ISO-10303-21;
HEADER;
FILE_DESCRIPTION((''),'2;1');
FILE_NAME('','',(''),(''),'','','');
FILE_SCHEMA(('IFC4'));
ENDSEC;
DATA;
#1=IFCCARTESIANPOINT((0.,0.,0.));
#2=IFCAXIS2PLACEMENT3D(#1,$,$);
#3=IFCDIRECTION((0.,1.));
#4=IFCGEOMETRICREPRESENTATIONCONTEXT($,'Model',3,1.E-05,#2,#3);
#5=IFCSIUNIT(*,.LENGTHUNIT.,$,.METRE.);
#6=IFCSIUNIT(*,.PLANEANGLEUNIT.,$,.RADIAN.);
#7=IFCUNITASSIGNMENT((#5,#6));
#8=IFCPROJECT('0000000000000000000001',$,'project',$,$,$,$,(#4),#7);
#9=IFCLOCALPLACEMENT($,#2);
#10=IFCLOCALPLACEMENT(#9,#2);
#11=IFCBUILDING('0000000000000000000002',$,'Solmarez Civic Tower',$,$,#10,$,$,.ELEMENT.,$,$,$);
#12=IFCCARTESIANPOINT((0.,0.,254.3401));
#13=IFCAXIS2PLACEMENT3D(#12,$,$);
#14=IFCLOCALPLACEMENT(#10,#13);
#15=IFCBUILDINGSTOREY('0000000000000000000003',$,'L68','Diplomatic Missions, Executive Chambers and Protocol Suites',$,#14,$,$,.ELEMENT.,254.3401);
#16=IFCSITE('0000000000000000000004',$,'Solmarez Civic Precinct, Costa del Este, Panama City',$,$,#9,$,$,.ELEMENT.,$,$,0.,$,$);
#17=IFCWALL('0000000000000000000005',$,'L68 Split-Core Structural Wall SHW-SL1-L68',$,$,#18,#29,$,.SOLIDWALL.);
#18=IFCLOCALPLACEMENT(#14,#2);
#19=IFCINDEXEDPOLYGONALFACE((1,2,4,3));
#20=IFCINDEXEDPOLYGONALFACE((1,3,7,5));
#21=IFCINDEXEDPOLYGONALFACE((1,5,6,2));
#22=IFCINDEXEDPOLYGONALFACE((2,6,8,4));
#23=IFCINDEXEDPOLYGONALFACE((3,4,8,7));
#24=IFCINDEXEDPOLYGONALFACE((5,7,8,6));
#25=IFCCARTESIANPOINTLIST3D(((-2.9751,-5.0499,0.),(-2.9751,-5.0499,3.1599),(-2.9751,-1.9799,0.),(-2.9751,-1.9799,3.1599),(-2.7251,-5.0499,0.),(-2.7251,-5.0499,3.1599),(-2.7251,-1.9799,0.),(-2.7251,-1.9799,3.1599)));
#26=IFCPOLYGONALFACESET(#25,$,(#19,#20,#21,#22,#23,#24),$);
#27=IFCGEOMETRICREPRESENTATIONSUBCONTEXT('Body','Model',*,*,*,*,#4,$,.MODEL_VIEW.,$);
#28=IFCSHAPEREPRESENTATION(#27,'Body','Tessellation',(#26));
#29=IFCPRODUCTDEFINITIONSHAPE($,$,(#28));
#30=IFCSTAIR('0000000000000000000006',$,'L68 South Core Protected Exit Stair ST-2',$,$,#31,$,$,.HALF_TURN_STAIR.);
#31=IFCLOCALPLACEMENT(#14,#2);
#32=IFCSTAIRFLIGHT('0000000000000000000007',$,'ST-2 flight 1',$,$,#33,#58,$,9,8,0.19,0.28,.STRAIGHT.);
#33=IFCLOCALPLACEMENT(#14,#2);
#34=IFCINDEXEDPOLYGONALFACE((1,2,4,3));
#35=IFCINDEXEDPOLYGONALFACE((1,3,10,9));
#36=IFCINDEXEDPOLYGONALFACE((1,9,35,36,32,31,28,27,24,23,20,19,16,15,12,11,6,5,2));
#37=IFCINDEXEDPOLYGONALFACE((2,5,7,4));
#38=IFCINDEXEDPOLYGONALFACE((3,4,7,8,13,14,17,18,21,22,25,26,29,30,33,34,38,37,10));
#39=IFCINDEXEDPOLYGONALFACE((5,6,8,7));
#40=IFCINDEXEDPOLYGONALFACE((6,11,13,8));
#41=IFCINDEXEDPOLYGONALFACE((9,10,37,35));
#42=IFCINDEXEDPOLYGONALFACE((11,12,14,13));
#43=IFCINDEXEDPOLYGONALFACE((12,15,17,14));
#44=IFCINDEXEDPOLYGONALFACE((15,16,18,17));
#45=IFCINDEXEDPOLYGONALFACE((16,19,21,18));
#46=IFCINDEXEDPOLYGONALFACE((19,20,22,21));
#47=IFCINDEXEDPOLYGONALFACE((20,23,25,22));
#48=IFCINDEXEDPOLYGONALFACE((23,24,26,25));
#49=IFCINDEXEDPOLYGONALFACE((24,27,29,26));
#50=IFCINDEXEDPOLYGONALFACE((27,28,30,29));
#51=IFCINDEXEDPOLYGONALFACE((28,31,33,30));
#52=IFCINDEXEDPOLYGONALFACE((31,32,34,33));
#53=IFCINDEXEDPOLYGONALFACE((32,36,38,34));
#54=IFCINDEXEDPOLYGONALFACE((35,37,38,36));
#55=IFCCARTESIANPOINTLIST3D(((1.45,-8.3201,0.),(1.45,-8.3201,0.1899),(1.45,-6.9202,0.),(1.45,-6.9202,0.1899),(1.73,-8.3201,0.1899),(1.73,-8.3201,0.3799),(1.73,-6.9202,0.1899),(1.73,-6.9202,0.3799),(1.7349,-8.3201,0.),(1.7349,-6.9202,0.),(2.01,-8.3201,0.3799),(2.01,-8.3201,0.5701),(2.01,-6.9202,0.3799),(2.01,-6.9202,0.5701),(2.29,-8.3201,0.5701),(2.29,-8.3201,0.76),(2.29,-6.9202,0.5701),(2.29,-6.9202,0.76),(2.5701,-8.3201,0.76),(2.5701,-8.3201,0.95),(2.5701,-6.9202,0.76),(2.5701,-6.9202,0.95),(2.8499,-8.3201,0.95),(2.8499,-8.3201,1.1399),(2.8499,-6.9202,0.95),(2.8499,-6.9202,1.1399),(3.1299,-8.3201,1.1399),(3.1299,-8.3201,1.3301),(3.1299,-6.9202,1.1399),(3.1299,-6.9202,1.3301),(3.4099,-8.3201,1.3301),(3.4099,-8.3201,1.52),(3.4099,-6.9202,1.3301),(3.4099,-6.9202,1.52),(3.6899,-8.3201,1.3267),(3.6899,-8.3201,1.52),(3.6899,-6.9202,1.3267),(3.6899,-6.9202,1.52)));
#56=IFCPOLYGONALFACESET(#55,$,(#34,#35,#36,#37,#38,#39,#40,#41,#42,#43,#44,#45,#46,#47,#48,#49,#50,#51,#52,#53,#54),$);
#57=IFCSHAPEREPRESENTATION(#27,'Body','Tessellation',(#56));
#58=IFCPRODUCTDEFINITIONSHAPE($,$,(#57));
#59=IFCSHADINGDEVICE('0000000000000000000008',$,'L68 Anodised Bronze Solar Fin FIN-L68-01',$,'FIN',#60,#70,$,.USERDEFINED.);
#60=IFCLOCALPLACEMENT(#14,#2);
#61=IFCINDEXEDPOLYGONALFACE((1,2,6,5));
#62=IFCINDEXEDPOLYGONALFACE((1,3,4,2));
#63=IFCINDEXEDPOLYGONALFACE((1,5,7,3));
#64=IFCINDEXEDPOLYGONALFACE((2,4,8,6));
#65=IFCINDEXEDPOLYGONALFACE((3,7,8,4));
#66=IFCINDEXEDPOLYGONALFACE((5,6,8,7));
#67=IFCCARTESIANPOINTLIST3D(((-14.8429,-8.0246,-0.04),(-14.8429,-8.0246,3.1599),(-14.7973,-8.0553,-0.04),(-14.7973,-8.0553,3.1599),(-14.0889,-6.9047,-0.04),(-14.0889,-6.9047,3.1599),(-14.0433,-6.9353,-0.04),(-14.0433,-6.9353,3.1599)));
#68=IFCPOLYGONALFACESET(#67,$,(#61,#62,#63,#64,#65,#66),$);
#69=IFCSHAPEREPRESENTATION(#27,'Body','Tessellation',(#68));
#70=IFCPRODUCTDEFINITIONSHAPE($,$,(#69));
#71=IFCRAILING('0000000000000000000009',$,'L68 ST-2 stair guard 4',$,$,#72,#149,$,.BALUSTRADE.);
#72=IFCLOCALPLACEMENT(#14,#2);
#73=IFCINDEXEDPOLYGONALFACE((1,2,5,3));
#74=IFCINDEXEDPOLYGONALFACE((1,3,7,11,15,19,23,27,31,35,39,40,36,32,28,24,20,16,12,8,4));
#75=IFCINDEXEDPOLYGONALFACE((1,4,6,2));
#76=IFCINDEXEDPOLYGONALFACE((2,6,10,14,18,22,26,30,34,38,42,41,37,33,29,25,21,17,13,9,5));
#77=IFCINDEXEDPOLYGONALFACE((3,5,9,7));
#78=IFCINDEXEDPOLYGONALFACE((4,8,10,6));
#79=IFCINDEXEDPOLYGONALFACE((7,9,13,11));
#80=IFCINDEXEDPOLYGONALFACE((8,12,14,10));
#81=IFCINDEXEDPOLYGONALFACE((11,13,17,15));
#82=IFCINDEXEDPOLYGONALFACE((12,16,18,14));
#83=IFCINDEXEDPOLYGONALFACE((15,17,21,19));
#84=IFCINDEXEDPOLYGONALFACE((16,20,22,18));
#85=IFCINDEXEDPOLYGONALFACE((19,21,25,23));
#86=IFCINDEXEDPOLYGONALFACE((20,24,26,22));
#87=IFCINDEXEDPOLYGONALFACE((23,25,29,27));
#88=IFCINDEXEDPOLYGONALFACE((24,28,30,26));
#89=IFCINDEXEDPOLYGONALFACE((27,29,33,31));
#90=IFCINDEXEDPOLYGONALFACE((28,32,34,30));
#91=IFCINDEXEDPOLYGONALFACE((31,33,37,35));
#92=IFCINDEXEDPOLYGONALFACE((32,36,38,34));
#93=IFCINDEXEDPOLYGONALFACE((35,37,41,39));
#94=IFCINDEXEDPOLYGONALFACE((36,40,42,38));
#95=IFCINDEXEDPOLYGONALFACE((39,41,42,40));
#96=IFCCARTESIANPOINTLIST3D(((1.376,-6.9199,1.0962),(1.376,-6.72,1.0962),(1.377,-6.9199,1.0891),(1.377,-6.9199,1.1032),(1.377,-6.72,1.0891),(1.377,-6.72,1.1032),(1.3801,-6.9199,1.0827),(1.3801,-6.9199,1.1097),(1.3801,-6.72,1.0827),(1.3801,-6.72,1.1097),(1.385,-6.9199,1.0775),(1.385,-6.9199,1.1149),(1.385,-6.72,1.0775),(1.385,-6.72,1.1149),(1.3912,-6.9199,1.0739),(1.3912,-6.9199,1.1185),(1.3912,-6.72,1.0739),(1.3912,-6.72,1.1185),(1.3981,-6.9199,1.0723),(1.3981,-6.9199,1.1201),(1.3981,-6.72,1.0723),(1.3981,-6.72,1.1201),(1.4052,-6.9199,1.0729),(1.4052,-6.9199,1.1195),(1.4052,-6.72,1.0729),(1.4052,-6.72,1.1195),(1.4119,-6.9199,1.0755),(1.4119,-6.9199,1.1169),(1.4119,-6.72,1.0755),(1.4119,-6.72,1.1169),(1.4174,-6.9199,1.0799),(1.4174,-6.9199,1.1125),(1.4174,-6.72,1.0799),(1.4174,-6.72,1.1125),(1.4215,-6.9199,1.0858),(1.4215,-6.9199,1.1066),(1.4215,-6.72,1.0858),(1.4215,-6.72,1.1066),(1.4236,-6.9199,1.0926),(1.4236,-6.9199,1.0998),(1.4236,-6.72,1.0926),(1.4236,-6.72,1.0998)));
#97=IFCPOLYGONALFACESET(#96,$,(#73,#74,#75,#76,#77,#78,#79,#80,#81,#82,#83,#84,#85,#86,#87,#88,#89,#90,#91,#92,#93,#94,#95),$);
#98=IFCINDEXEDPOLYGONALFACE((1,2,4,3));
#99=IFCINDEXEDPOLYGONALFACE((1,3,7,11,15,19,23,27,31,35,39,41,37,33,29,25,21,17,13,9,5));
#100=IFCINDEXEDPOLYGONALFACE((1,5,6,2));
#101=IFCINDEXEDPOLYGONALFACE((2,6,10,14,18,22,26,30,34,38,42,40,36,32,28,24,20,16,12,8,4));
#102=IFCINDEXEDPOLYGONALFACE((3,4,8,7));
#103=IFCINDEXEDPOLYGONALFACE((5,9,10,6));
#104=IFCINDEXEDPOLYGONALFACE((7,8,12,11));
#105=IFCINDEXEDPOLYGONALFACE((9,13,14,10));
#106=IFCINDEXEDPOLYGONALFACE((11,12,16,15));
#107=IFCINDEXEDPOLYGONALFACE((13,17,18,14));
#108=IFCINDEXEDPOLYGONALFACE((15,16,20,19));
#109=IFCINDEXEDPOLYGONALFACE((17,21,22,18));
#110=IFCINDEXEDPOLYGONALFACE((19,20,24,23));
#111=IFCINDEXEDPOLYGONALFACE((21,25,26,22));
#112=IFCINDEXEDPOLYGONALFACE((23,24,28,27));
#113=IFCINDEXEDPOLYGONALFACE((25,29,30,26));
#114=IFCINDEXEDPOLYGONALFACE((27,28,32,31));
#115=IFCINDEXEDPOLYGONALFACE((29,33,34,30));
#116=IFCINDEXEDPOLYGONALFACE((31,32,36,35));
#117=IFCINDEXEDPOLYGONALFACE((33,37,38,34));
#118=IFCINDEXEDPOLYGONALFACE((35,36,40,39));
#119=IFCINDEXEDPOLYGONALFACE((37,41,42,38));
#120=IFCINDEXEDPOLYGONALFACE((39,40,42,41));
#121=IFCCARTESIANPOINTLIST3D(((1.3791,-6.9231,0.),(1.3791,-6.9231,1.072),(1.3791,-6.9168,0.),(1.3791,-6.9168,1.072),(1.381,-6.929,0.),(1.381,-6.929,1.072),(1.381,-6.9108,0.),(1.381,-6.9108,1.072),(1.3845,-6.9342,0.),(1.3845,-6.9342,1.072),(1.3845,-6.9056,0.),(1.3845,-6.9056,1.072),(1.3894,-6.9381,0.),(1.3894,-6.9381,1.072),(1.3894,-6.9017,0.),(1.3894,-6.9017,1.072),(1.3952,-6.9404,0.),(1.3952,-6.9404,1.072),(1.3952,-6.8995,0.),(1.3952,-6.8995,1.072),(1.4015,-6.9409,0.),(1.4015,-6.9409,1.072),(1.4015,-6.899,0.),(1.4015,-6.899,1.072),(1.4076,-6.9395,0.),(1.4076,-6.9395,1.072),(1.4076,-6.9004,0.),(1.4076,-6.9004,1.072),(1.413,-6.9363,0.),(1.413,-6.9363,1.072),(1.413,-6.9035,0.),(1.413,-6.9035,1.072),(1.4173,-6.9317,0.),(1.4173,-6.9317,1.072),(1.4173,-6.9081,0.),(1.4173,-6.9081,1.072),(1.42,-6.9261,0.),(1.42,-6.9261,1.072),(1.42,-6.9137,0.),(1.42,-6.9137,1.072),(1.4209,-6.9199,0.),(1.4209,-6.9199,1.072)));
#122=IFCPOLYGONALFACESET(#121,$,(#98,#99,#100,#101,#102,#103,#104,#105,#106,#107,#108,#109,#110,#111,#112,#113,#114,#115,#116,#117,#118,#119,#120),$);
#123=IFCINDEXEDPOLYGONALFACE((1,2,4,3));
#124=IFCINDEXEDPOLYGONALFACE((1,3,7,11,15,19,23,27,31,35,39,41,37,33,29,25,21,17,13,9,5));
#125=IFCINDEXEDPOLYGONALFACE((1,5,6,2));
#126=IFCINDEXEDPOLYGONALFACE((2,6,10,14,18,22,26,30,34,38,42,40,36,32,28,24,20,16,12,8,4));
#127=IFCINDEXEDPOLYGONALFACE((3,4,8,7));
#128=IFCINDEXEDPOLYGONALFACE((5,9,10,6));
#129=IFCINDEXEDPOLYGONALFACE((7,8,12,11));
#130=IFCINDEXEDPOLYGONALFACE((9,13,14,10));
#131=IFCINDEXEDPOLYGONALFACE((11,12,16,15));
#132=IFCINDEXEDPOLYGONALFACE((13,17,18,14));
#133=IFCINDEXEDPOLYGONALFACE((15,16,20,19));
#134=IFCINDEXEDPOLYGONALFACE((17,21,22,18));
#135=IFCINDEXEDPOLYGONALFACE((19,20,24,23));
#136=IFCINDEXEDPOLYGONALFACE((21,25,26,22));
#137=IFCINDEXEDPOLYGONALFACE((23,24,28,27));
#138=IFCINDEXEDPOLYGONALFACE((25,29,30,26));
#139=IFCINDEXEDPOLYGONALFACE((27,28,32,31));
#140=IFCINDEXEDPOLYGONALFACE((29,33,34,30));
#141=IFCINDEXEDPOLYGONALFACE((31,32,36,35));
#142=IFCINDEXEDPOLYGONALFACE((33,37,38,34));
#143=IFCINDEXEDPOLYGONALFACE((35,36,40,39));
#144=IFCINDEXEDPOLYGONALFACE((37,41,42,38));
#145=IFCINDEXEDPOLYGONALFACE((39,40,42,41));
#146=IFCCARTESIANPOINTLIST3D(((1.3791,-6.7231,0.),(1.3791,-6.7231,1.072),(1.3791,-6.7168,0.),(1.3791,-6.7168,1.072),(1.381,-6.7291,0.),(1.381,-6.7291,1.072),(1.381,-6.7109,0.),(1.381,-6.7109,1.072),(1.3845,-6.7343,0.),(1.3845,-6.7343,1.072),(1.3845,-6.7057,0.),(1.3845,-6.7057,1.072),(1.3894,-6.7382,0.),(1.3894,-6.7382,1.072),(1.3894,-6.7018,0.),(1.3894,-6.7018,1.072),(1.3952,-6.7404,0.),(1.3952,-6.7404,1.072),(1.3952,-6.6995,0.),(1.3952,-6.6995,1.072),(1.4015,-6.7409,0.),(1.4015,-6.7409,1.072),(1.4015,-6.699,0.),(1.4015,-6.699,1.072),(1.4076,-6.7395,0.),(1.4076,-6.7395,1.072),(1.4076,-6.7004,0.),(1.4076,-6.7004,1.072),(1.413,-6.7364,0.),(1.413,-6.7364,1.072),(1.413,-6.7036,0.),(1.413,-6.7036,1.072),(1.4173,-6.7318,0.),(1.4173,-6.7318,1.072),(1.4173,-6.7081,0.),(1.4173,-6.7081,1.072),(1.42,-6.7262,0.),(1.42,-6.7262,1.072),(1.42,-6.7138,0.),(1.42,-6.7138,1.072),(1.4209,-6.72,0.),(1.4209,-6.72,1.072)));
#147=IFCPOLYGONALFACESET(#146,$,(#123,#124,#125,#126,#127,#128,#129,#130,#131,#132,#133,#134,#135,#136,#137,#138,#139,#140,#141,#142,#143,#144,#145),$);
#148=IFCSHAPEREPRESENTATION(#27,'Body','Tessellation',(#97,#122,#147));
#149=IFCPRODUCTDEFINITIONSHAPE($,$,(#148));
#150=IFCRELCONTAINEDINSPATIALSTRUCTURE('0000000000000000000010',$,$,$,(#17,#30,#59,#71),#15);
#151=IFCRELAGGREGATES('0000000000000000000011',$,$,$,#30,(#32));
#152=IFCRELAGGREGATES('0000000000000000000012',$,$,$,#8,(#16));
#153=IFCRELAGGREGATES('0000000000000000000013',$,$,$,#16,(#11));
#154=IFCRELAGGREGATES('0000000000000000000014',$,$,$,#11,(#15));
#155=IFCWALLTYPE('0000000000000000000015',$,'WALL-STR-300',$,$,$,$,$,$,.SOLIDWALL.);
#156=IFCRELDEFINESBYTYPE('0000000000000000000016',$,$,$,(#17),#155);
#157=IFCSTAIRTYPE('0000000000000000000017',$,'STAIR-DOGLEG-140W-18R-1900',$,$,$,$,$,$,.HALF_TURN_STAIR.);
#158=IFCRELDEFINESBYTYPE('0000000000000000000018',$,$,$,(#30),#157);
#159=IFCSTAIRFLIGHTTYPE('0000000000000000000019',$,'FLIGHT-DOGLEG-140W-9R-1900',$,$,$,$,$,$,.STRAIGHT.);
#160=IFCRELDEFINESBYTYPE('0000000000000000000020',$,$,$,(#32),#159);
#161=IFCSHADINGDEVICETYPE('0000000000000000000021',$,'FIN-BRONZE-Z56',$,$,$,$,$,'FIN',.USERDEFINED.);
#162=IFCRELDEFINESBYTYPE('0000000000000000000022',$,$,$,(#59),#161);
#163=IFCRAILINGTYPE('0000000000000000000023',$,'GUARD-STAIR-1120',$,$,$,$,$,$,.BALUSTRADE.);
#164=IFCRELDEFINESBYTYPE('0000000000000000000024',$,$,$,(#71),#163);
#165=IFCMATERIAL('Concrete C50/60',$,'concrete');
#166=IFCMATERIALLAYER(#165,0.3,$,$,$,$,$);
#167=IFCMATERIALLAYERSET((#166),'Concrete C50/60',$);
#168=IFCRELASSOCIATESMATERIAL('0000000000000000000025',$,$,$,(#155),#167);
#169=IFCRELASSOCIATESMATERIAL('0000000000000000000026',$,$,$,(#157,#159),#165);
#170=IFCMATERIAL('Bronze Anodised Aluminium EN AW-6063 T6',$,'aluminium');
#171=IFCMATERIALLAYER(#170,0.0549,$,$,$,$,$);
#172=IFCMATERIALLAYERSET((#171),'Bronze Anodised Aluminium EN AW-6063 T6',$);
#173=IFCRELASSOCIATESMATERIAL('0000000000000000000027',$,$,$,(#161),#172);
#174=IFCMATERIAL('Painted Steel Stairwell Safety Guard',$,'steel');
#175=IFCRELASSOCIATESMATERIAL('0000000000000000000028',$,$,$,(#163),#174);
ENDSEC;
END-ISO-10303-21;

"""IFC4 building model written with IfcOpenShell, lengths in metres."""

from ifc_helpers import new_model, si_unit, direction, frame, frame_2d, origin, origin_2d, place, context, subcontext, project, spatial, polyline, rectangle, circle, outline, extrude, material, layer, layer_set, type_object, element, aggregate, save


model = new_model("IFC4")

# Units and contexts
model_context = context("Model", 3, precision=1e-05, world=origin(), true_north=direction((0.0, 1.0)))
body_context = subcontext(model_context, "Body", "Model", "MODEL_VIEW")
ifc_project = project(units=[si_unit("LENGTHUNIT", "METRE"), si_unit("PLANEANGLEUNIT", "RADIAN")], contexts=[model_context])

# Site, building, storey
site_placement = place(None, origin())
site = spatial("IfcSite", under=ifc_project, at=site_placement, Name="Solmarez Civic Precinct, Costa del Este, Panama City", CompositionType="ELEMENT", RefElevation=0.0)
building_placement = place(site_placement, origin())
building = spatial("IfcBuilding", under=site, at=building_placement, Name="Solmarez Civic Tower", CompositionType="ELEMENT")
storey_placement = place(building_placement, frame((0.0, 0.0, 254.3401)))
storey = spatial("IfcBuildingStorey", under=building, at=storey_placement, Name="L68", Description="Diplomatic Missions, Executive Chambers and Protocol Suites", CompositionType="ELEMENT", Elevation=254.3401)

# Shared definitions
ifc_material_1 = material(Name="Concrete C50/60", Category="concrete")

# Shared definitions
ifc_layer_1 = layer(ifc_material_1, 0.3)
ifc_layer_set_1 = layer_set([ifc_layer_1], Name="Concrete C50/60")
wall_type_1 = type_object("IfcWallType", Name="WALL-STR-300", PredefinedType="SOLIDWALL", material=ifc_layer_set_1)

# Wall
wall_1_placement = place(storey_placement, frame((-2.8501, -5.05, 0.0), z_axis=(0.0, 0.0, 1.0), x_axis=(0.0, 1.0, 0.0)))
element("IfcWall", 1, at=wall_1_placement, inside=storey, type_object=wall_type_1, Name="L68 Split-Core Structural Wall SHW-SL1-L68", PredefinedType="SOLIDWALL", context=body_context, shape_type="SweptSolid", body=[
    extrude(rectangle(XDim=3.0701, YDim=0.25, at=frame_2d((1.5352, 0.0))), origin(), (0.0, 0.0, 1.0), 3.1599),
])

# Stair, stair flight
stair_type = type_object("IfcStairType", Name="STAIR-DOGLEG-140W-18R-1900", PredefinedType="HALF_TURN_STAIR", material=ifc_material_1)
stair_placement = place(storey_placement, origin())
stair = element("IfcStair", 2, at=stair_placement, inside=storey, type_object=stair_type, Name="L68 South Core Protected Exit Stair ST-2", PredefinedType="HALF_TURN_STAIR")
stair_flight_type = type_object("IfcStairFlightType", Name="FLIGHT-DOGLEG-140W-9R-1900", PredefinedType="STRAIGHT", material=ifc_material_1)
stair_flight_placement = place(storey_placement, frame((1.45, -7.6201, 0.0), z_axis=(0.0, 0.0, 1.0), x_axis=(1.0, 0.0, 0.0)))
stair_flight = element("IfcStairFlight", 3, at=stair_flight_placement, type_object=stair_flight_type, Name="ST-2 flight 1", NumberOfRisers=9, NumberOfTreads=8, PredefinedType="STRAIGHT", RiserHeight=0.19, TreadLength=0.28, context=body_context, shape_type="SweptSolid", body=[
    extrude(outline(polyline([(0.0, 0.0), (0.0, 0.1899), (0.28, 0.1899), (0.28, 0.3799), (0.5601, 0.3799), (0.5601, 0.5701), (0.8401, 0.5701), (0.8401, 0.76), (1.1201, 0.76), (1.1201, 0.95), (1.3999, 0.95), (1.3999, 1.1399), (1.6799, 1.1399), (1.6799, 1.3301), (1.96, 1.3301), (1.96, 1.52), (2.24, 1.52), (2.24, 1.71), (2.24, 1.3267), (0.2849, 0.0), (0.0, 0.0)])), frame((0.0, 0.7, 0.0), z_axis=(0.0, -1.0, 0.0), x_axis=(1.0, 0.0, 0.0)), (0.0, 0.0, 1.0), 1.3999),
])
aggregate(stair, [stair_flight])

# Shading device
ifc_material_2 = material(Name="Bronze Anodised Aluminium EN AW-6063 T6", Category="aluminium")
ifc_layer_2 = layer(ifc_material_2, 0.0549)
ifc_layer_set_2 = layer_set([ifc_layer_2], Name="Bronze Anodised Aluminium EN AW-6063 T6")
shading_device_type = type_object("IfcShadingDeviceType", Name="FIN-BRONZE-Z56", ElementType="FIN", PredefinedType="USERDEFINED", material=ifc_layer_set_2)
shading_device_placement = place(storey_placement, frame((-14.4431, -7.48, -0.04), z_axis=(0.0, 0.0, 1.0), x_axis=(-0.558455, -0.829535, 0.0)))
element("IfcShadingDevice", 4, at=shading_device_placement, inside=storey, type_object=shading_device_type, Name="L68 Anodised Bronze Solar Fin FIN-L68-01", ObjectType="FIN", PredefinedType="USERDEFINED", context=body_context, shape_type="SweptSolid", body=[
    extrude(rectangle(XDim=1.3501, YDim=0.0549, at=origin_2d()), origin(), (0.0, 0.0, 1.0), 3.2),
])

# Railing
ifc_material_3 = material(Name="Painted Steel Stairwell Safety Guard", Category="steel")
railing_type_1 = type_object("IfcRailingType", Name="GUARD-STAIR-1120", PredefinedType="BALUSTRADE", material=ifc_material_3)
railing_1_placement = place(storey_placement, frame((1.3999, -6.9199, 0.0)))
element("IfcRailing", 5, at=railing_1_placement, inside=storey, type_object=railing_type_1, Name="L68 ST-2 stair guard 4", PredefinedType="BALUSTRADE", context=body_context, shape_type="SweptSolid", body=[
    extrude(circle(Radius=0.0239, at=origin_2d()), frame((0.0, 0.0, 1.0962), z_axis=(0.0, 1.0, 0.0), x_axis=(-1.0, 0.0, 0.0)), (0.0, 0.0, 1.0), 0.2),
    extrude(circle(Radius=0.021, at=origin_2d()), origin(), (0.0, 0.0, 1.0), 1.072),
    extrude(circle(Radius=0.021, at=origin_2d()), frame((0.0, 0.2, 0.0)), (0.0, 0.0, 1.0), 1.072),
])

save(model, "model.ifc")
